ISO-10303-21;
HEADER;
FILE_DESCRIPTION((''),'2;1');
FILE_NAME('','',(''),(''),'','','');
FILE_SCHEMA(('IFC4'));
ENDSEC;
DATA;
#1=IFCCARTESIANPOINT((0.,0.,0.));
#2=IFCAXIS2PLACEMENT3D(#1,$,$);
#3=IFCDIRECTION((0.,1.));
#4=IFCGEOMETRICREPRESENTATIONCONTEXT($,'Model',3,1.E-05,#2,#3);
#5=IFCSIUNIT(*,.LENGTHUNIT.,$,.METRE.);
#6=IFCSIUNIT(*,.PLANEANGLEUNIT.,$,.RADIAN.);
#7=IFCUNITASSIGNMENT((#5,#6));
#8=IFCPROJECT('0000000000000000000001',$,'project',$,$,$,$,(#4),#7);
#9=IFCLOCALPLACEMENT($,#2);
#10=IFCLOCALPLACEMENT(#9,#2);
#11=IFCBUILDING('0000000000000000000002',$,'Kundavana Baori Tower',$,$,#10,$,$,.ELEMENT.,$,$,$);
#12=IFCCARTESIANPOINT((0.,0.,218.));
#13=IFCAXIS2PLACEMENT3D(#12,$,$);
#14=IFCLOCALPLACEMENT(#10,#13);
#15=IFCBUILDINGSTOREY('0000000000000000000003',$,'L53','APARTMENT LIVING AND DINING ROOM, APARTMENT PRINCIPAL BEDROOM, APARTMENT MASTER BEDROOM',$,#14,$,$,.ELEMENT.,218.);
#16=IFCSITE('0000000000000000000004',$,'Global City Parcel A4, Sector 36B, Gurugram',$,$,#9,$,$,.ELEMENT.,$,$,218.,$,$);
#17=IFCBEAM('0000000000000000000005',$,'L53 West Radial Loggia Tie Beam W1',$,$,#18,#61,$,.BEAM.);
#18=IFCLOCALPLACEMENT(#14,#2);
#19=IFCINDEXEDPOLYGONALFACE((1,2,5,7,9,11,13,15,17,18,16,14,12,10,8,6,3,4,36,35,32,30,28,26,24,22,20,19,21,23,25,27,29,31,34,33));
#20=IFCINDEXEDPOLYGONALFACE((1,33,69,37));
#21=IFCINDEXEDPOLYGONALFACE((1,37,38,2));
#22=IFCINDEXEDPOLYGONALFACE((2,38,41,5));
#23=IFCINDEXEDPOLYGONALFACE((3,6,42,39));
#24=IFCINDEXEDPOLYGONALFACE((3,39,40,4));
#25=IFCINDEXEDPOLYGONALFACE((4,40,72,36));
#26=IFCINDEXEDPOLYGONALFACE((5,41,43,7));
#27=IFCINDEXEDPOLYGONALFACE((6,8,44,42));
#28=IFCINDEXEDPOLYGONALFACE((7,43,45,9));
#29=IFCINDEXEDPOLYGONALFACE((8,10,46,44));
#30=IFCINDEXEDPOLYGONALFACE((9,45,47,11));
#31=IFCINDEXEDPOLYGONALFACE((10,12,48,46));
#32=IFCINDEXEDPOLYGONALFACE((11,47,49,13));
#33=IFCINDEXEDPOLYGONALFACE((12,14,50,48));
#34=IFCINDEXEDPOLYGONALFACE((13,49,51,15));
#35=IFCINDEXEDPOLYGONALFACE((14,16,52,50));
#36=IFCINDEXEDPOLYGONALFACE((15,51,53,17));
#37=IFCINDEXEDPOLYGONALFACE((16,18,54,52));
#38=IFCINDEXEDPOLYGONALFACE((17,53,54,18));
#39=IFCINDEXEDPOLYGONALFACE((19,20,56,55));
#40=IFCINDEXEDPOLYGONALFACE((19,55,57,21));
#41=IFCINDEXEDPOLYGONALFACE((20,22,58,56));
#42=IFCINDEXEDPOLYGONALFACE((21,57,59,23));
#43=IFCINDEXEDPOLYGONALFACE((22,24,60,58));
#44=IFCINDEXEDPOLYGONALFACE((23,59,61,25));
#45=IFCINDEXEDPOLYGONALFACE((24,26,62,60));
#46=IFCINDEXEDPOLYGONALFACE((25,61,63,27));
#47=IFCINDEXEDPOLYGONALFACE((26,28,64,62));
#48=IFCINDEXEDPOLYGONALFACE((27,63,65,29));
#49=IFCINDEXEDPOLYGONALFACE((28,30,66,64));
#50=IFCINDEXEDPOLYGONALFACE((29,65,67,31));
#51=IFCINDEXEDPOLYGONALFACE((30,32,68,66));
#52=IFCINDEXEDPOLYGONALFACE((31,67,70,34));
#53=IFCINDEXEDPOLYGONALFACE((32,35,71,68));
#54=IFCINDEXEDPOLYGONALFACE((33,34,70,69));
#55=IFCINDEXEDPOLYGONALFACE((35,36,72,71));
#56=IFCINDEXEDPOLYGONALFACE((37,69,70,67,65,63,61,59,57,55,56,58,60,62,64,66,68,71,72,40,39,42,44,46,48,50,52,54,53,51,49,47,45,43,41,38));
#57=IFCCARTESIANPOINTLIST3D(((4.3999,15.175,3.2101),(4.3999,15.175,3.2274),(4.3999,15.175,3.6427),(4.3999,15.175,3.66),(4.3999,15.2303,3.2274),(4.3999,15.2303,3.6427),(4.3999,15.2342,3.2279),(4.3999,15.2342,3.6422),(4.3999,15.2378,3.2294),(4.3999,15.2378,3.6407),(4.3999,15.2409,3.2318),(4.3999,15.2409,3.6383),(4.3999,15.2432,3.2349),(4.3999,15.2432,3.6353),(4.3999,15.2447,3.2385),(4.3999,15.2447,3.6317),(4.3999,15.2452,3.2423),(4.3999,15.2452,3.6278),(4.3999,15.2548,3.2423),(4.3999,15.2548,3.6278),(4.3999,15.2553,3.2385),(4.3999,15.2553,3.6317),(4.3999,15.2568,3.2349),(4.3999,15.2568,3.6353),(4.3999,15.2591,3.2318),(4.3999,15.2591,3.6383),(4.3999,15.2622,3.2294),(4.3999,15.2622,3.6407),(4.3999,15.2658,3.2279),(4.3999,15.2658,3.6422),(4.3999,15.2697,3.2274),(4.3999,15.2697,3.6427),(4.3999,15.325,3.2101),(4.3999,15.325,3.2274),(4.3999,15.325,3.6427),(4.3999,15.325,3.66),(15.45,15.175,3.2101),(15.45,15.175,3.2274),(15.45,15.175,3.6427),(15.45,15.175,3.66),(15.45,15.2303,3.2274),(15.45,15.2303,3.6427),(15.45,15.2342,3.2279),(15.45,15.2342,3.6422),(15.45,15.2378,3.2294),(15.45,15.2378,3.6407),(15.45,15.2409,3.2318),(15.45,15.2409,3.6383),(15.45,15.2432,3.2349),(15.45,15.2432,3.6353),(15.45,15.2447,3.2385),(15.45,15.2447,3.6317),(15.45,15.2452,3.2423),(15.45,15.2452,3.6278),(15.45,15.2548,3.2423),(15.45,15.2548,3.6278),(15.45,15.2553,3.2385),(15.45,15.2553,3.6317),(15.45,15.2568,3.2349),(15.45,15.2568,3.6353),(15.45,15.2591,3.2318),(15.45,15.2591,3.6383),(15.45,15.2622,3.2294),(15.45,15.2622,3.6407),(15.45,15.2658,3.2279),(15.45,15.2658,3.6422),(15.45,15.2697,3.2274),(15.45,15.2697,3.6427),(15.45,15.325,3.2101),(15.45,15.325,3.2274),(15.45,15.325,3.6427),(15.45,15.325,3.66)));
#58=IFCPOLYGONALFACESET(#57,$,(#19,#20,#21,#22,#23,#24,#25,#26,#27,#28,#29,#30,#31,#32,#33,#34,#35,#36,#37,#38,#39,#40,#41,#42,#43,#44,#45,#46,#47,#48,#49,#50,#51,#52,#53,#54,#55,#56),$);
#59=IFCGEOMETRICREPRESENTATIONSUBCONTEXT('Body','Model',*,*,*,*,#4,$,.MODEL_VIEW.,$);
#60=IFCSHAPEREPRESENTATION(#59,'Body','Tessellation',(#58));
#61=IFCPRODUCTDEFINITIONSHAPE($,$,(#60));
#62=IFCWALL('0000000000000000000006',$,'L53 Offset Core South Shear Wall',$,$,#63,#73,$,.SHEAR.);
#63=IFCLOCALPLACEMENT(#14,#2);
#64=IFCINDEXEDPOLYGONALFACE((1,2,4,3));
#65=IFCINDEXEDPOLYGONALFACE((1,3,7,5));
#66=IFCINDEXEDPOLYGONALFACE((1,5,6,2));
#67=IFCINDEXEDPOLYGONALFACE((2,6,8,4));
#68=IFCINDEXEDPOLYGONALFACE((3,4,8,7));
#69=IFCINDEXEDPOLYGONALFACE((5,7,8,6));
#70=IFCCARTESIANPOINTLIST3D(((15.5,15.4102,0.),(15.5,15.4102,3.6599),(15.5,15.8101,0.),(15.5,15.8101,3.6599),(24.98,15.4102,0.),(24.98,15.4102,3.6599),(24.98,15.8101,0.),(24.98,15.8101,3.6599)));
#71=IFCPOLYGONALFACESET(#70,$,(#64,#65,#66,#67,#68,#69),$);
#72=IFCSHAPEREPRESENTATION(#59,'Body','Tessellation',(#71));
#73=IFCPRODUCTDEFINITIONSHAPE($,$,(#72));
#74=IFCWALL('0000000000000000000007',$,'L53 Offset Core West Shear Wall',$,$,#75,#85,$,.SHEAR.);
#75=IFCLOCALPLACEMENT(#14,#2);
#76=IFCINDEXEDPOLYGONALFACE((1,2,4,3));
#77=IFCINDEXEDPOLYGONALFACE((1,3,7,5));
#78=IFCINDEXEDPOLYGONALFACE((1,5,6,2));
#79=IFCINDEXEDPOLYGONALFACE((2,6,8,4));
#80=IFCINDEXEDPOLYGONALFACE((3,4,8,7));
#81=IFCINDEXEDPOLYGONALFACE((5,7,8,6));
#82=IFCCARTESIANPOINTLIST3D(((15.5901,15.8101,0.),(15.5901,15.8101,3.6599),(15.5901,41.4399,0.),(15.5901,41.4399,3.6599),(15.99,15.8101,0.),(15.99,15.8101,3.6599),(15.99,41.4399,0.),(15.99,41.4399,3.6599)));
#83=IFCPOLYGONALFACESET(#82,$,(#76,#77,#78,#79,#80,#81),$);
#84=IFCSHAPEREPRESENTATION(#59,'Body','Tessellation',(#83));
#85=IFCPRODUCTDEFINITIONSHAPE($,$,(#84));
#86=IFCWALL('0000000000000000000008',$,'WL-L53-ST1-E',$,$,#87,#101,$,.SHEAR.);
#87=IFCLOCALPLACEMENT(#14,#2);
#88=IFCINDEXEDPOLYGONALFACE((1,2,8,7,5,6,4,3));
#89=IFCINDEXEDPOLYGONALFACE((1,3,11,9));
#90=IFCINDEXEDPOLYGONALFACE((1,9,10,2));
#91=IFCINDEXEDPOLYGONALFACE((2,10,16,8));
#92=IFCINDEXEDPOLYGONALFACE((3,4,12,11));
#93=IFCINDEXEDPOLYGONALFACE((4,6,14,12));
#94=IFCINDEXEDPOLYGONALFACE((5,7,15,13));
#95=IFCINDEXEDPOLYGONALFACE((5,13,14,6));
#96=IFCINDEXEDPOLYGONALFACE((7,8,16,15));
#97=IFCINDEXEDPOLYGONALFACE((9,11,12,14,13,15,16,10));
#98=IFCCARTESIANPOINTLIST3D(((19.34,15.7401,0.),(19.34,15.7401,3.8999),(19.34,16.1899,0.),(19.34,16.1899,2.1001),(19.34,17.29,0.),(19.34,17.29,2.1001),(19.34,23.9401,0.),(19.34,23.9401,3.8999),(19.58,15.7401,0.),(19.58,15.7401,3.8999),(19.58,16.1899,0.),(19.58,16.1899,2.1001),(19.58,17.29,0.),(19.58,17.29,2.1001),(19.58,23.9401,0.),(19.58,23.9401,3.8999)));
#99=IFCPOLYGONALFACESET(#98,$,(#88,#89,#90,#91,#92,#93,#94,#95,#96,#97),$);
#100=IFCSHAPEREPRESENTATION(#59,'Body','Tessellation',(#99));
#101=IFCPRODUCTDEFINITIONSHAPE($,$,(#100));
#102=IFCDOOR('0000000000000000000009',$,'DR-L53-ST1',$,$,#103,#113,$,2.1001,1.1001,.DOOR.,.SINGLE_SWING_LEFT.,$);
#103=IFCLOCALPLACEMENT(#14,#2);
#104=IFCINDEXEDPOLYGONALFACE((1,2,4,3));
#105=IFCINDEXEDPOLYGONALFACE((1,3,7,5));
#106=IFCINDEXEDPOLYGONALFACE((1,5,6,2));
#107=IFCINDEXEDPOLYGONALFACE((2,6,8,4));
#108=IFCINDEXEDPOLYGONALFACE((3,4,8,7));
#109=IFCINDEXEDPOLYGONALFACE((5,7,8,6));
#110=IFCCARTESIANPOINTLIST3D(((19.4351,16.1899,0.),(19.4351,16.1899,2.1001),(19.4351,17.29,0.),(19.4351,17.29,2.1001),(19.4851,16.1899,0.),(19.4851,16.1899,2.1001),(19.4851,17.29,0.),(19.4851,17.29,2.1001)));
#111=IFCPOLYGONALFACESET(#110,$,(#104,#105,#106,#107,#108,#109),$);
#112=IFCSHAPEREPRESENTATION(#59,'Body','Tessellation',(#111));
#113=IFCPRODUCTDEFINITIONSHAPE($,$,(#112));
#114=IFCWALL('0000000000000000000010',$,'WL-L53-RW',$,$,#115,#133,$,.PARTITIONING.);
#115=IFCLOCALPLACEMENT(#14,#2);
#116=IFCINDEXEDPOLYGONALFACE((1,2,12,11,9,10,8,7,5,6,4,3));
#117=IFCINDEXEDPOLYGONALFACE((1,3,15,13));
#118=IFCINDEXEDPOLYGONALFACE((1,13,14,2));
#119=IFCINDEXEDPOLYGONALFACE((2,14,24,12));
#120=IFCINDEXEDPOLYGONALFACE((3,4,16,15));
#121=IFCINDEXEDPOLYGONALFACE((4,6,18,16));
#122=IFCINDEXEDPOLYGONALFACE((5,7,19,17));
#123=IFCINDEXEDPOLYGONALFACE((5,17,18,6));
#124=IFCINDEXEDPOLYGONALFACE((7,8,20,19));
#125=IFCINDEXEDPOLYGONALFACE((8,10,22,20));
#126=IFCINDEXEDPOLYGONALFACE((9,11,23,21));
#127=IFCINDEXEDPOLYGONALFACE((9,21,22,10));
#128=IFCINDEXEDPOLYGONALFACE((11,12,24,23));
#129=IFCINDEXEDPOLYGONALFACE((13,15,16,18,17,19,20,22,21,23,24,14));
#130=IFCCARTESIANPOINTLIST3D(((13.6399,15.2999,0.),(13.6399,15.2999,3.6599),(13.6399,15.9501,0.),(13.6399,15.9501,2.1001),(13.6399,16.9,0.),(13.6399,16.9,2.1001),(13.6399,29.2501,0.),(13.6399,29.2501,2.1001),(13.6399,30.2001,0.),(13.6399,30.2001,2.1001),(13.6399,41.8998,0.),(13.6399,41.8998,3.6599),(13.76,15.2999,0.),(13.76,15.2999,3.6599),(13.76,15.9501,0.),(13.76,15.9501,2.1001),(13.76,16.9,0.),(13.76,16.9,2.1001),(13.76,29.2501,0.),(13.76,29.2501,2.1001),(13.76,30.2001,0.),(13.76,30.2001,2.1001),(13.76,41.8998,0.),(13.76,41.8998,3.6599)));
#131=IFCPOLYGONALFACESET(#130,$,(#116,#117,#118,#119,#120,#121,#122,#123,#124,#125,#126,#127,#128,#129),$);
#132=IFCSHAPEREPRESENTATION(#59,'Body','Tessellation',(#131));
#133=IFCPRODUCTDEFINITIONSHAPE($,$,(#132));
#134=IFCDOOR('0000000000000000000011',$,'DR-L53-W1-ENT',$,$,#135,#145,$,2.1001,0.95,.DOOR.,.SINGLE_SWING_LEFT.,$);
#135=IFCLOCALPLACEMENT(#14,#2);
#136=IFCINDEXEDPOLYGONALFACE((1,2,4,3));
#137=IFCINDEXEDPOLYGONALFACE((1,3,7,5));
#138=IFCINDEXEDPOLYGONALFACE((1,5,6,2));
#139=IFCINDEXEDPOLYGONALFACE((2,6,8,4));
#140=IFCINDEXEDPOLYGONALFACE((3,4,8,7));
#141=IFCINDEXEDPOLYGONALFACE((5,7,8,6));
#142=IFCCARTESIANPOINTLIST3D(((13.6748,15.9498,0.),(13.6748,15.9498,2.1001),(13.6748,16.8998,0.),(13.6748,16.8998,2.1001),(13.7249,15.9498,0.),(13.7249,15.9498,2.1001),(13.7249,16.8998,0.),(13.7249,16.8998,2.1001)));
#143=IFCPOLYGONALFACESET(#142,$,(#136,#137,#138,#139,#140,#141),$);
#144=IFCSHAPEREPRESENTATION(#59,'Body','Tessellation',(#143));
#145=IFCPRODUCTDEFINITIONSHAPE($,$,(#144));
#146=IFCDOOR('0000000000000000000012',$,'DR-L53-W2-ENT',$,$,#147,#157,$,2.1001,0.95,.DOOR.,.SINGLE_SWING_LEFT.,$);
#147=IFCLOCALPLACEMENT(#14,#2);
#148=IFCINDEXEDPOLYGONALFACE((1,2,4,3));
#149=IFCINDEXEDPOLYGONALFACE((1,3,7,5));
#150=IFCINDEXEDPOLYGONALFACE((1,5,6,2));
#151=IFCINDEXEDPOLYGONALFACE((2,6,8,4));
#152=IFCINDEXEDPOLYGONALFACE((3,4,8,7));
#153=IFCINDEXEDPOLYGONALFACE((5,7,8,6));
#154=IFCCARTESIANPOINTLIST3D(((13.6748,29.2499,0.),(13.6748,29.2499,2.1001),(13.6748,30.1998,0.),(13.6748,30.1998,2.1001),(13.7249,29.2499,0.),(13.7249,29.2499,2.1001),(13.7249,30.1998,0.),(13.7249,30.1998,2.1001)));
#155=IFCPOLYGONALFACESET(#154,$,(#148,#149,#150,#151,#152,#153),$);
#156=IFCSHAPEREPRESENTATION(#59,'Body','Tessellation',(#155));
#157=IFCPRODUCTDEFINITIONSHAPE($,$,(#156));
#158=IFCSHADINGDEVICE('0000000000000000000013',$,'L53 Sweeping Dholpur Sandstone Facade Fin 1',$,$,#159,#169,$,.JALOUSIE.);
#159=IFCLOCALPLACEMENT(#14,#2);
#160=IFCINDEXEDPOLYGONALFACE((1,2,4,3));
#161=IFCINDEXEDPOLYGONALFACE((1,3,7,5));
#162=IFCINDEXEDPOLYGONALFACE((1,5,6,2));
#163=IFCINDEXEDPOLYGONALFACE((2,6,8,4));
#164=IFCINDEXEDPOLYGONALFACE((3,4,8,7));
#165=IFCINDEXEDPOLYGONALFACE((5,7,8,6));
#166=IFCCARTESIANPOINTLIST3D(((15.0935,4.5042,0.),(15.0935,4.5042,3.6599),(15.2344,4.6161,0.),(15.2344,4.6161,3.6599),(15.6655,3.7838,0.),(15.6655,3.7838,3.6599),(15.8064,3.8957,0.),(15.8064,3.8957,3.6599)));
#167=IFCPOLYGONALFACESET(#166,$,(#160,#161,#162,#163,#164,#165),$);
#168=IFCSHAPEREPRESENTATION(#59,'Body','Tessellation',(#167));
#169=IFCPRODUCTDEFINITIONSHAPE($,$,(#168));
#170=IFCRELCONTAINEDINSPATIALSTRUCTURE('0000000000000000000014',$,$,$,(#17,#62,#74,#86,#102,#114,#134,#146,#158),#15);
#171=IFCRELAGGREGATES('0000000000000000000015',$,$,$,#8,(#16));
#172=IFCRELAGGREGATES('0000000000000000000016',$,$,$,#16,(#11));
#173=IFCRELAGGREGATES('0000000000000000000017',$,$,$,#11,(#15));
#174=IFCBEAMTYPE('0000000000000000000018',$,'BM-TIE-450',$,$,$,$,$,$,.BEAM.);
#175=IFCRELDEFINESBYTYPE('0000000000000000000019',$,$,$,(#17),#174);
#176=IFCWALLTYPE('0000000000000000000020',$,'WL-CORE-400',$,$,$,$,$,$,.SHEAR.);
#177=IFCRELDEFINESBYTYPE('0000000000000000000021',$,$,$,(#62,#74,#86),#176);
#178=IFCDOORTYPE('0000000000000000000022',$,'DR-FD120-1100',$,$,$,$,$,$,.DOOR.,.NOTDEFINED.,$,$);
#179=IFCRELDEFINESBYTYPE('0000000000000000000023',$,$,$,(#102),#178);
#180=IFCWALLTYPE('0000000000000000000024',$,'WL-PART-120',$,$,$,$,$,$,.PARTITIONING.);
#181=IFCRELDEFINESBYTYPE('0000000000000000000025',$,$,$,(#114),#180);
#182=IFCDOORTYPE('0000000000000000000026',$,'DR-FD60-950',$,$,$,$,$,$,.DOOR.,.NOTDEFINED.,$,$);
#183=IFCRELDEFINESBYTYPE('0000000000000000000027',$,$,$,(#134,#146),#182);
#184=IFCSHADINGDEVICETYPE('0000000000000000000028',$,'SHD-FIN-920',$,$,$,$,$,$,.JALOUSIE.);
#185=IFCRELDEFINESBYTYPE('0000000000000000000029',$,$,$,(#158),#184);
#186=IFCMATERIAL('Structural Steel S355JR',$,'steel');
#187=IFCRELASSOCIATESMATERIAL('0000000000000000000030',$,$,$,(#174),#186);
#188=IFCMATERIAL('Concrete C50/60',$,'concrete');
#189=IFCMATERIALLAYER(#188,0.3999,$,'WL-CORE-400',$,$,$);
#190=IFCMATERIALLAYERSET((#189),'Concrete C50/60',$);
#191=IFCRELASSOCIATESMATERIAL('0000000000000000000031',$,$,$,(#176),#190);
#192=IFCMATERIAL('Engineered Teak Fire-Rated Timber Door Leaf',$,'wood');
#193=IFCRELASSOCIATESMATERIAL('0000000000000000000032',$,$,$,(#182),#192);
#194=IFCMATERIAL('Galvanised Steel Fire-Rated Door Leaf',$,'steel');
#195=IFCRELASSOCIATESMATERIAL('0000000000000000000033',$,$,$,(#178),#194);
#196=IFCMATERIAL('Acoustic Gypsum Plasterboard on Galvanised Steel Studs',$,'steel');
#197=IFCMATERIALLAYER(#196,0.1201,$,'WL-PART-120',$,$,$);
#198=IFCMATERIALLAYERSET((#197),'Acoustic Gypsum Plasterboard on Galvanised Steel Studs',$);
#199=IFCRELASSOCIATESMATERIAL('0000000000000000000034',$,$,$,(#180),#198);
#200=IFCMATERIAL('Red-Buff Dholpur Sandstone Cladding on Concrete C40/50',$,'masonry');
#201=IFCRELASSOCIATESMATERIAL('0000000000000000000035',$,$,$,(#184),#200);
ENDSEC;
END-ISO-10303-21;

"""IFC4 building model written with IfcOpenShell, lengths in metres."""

from ifc_helpers import new_model, si_unit, direction, frame, frame_2d, origin, origin_2d, place, context, subcontext, project, spatial, rectangle, i_section, extrude, material, layer, layer_set, material_profile, profile_set, type_object, element, fill, save


model = new_model("IFC4")

# Units and contexts
model_context = context("Model", 3, precision=1e-05, world=origin(), true_north=direction((0.0, 1.0)))
body_context = subcontext(model_context, "Body", "Model", "MODEL_VIEW")
ifc_project = project(units=[si_unit("LENGTHUNIT", "METRE"), si_unit("PLANEANGLEUNIT", "RADIAN")], contexts=[model_context])

# Site, building, storey
site_placement = place(None, origin())
site = spatial("IfcSite", under=ifc_project, at=site_placement, Name="Global City Parcel A4, Sector 36B, Gurugram", CompositionType="ELEMENT", RefElevation=218.0)
building_placement = place(site_placement, origin())
building = spatial("IfcBuilding", under=site, at=building_placement, Name="Kundavana Baori Tower", CompositionType="ELEMENT")
storey_placement = place(building_placement, frame((0.0, 0.0, 218.0)))
storey = spatial("IfcBuildingStorey", under=building, at=storey_placement, Name="L53", Description="APARTMENT LIVING AND DINING ROOM, APARTMENT PRINCIPAL BEDROOM, APARTMENT MASTER BEDROOM", CompositionType="ELEMENT", Elevation=218.0)

# Beam
ifc_material_1 = material(Name="Structural Steel S355JR", Category="steel")
ifc_material_profile_1 = material_profile(ifc_material_1, i_section(OverallWidth=0.1499, OverallDepth=0.45, WebThickness=0.0095, FlangeThickness=0.0173, FilletRadius=0.0149, at=origin_2d()), Name="ISMB 450")
ifc_profile_set_1 = profile_set([ifc_material_profile_1], Name="Structural Steel S355JR")
beam_type_1 = type_object("IfcBeamType", Name="BM-TIE-450", PredefinedType="BEAM", material=ifc_profile_set_1)
for number, where, z_axis, x_axis, name in (
    (1, (15.45, 15.25, 3.4351), (-1.0, 0.0, 0.0), (0.0, -1.0, 0.0), "L53 West Radial Loggia Tie Beam W1"),
):
    element("IfcBeam", number, at=place(storey_placement, frame(where, z_axis=z_axis, x_axis=x_axis)), inside=storey, type_object=beam_type_1, Name=name, PredefinedType="BEAM", context=body_context, shape_type="SweptSolid", body=[
        extrude(i_section(OverallWidth=0.1499, OverallDepth=0.45, WebThickness=0.0095, FlangeThickness=0.0173, FilletRadius=0.0149, at=origin_2d()), origin(), (0.0, 0.0, 1.0), 11.05),
    ])

# Walls
ifc_material_2 = material(Name="Concrete C50/60", Category="concrete")
ifc_layer_1 = layer(ifc_material_2, 0.3999, Name="WL-CORE-400")
ifc_layer_set_1 = layer_set([ifc_layer_1], Name="Concrete C50/60")
wall_type_1 = type_object("IfcWallType", Name="WL-CORE-400", PredefinedType="SHEAR", material=ifc_layer_set_1)
wall_1_placement = place(storey_placement, frame((15.5, 15.6101, 0.0), z_axis=(0.0, 0.0, 1.0), x_axis=(1.0, 0.0, 0.0)))
element("IfcWall", 2, at=wall_1_placement, inside=storey, type_object=wall_type_1, Name="L53 Offset Core South Shear Wall", PredefinedType="SHEAR", context=body_context, shape_type="SweptSolid", body=[
    extrude(rectangle(XDim=9.48, YDim=0.3999, at=frame_2d((4.74, 0.0))), origin(), (0.0, 0.0, 1.0), 3.6599),
])
wall_2_placement = place(storey_placement, frame((15.79, 15.8101, 0.0), z_axis=(0.0, 0.0, 1.0), x_axis=(0.0, 1.0, 0.0)))
element("IfcWall", 3, at=wall_2_placement, inside=storey, type_object=wall_type_1, Name="L53 Offset Core West Shear Wall", PredefinedType="SHEAR", context=body_context, shape_type="SweptSolid", body=[
    extrude(rectangle(XDim=25.6299, YDim=0.3999, at=frame_2d((12.8149, 0.0))), origin(), (0.0, 0.0, 1.0), 3.6599),
])

# Shared definitions
ifc_material_3 = material(Name="Engineered Teak Fire-Rated Timber Door Leaf", Category="wood")
door_type_1 = type_object("IfcDoorType", Name="DR-FD60-950", OperationType="NOTDEFINED", PredefinedType="DOOR", material=ifc_material_3)

# Wall, opening, door
wall_3_placement = place(storey_placement, frame((19.46, 15.74, 0.0), z_axis=(0.0, 0.0, 1.0), x_axis=(0.0, 1.0, 0.0)))
wall_3 = element("IfcWall", 4, at=wall_3_placement, inside=storey, type_object=wall_type_1, Name="WL-L53-ST1-E", PredefinedType="SHEAR", context=body_context, shape_type="SweptSolid", body=[
    extrude(rectangle(XDim=8.2, YDim=0.24, at=frame_2d((4.1001, 0.0))), origin(), (0.0, 0.0, 1.0), 3.8999),
])
opening_1_placement = place(wall_3_placement, frame((0.45, 0.0, 0.0)))
opening_1 = element("IfcOpeningElement", 5, at=opening_1_placement, cuts=wall_3, PredefinedType="OPENING", context=body_context, shape_type="SweptSolid", body=[
    extrude(rectangle(XDim=1.1001, YDim=2.1001, at=frame_2d((0.55, 1.05))), frame((0.0, 0.1299, 0.0), z_axis=(0.0, -1.0, 0.0), x_axis=(1.0, 0.0, 0.0)), (0.0, 0.0, 1.0), 0.26),
])
ifc_material_4 = material(Name="Galvanised Steel Fire-Rated Door Leaf", Category="steel")
door_type_2 = type_object("IfcDoorType", Name="DR-FD120-1100", OperationType="NOTDEFINED", PredefinedType="DOOR", material=ifc_material_4)
door_1_placement = place(opening_1_placement, origin())
door_1 = element("IfcDoor", 6, at=door_1_placement, inside=storey, type_object=door_type_2, Name="DR-L53-ST1", OperationType="SINGLE_SWING_LEFT", OverallHeight=2.1001, OverallWidth=1.1001, PredefinedType="DOOR", context=body_context, shape_type="SweptSolid", body=[
    extrude(rectangle(XDim=1.1001, YDim=2.1001, at=frame_2d((0.55, 1.05))), frame((0.0, 0.0249, 0.0), z_axis=(0.0, -1.0, 0.0), x_axis=(1.0, 0.0, 0.0)), (0.0, 0.0, 1.0), 0.05),
])
fill(opening_1, door_1)

# Wall, openings, doors
ifc_material_5 = material(Name="Acoustic Gypsum Plasterboard on Galvanised Steel Studs", Category="steel")
ifc_layer_2 = layer(ifc_material_5, 0.1201, Name="WL-PART-120")
ifc_layer_set_2 = layer_set([ifc_layer_2], Name="Acoustic Gypsum Plasterboard on Galvanised Steel Studs")
wall_type_2 = type_object("IfcWallType", Name="WL-PART-120", PredefinedType="PARTITIONING", material=ifc_layer_set_2)
wall_4_placement = place(storey_placement, frame((13.7, 15.3, 0.0), z_axis=(0.0, 0.0, 1.0), x_axis=(0.0, 1.0, 0.0)))
wall_4 = element("IfcWall", 7, at=wall_4_placement, inside=storey, type_object=wall_type_2, Name="WL-L53-RW", PredefinedType="PARTITIONING", context=body_context, shape_type="SweptSolid", body=[
    extrude(rectangle(XDim=26.5999, YDim=0.1201, at=frame_2d((13.2998, 0.0))), origin(), (0.0, 0.0, 1.0), 3.6599),
])
opening_2_placement = place(wall_4_placement, frame((0.6499, 0.0, 0.0)))
opening_2 = element("IfcOpeningElement", 8, at=opening_2_placement, cuts=wall_4, PredefinedType="OPENING", context=body_context, shape_type="SweptSolid", body=[
    extrude(rectangle(XDim=0.95, YDim=2.1001, at=frame_2d((0.4751, 1.05))), frame((0.0, 0.0701, 0.0), z_axis=(0.0, -1.0, 0.0), x_axis=(1.0, 0.0, 0.0)), (0.0, 0.0, 1.0), 0.1401),
])
opening_3_placement = place(wall_4_placement, frame((13.95, 0.0, 0.0)))
opening_3 = element("IfcOpeningElement", 9, at=opening_3_placement, cuts=wall_4, PredefinedType="OPENING", context=body_context, shape_type="SweptSolid", body=[
    extrude(rectangle(XDim=0.95, YDim=2.1001, at=frame_2d((0.4751, 1.05))), frame((0.0, 0.0701, 0.0), z_axis=(0.0, -1.0, 0.0), x_axis=(1.0, 0.0, 0.0)), (0.0, 0.0, 1.0), 0.1401),
])
door_2_placement = place(opening_2_placement, frame((0.95, 0.0, 0.0), z_axis=(0.0, 0.0, 1.0), x_axis=(-1.0, 0.0, 0.0)))
door_2 = element("IfcDoor", 10, at=door_2_placement, inside=storey, type_object=door_type_1, Name="DR-L53-W1-ENT", OperationType="SINGLE_SWING_LEFT", OverallHeight=2.1001, OverallWidth=0.95, PredefinedType="DOOR", context=body_context, shape_type="SweptSolid", body=[
    extrude(rectangle(XDim=0.95, YDim=2.1001, at=frame_2d((0.4751, 1.05))), frame((0.0, 0.0249, 0.0), z_axis=(0.0, -1.0, 0.0), x_axis=(1.0, 0.0, 0.0)), (0.0, 0.0, 1.0), 0.05),
])
fill(opening_2, door_2)
door_3_placement = place(opening_3_placement, frame((0.95, 0.0, 0.0), z_axis=(0.0, 0.0, 1.0), x_axis=(-1.0, 0.0, 0.0)))
door_3 = element("IfcDoor", 11, at=door_3_placement, inside=storey, type_object=door_type_1, Name="DR-L53-W2-ENT", OperationType="SINGLE_SWING_LEFT", OverallHeight=2.1001, OverallWidth=0.95, PredefinedType="DOOR", context=body_context, shape_type="SweptSolid", body=[
    extrude(rectangle(XDim=0.95, YDim=2.1001, at=frame_2d((0.4751, 1.05))), frame((0.0, 0.0249, 0.0), z_axis=(0.0, -1.0, 0.0), x_axis=(1.0, 0.0, 0.0)), (0.0, 0.0, 1.0), 0.05),
])
fill(opening_3, door_3)

# Shading device
ifc_material_6 = material(Name="Red-Buff Dholpur Sandstone Cladding on Concrete C40/50", Category="masonry")
shading_device_type = type_object("IfcShadingDeviceType", Name="SHD-FIN-920", PredefinedType="JALOUSIE", material=ifc_material_6)
shading_device_placement = place(storey_placement, frame((15.45, 4.2, 0.0), z_axis=(0.0, 0.0, 1.0), x_axis=(0.783151, 0.621831, 0.0)))
element("IfcShadingDevice", 12, at=shading_device_placement, inside=storey, type_object=shading_device_type, Name="L53 Sweeping Dholpur Sandstone Facade Fin 1", PredefinedType="JALOUSIE", context=body_context, shape_type="SweptSolid", body=[
    extrude(rectangle(XDim=0.1799, YDim=0.9199, at=origin_2d()), origin(), (0.0, 0.0, 1.0), 3.6599),
])

save(model, "model.ifc")
